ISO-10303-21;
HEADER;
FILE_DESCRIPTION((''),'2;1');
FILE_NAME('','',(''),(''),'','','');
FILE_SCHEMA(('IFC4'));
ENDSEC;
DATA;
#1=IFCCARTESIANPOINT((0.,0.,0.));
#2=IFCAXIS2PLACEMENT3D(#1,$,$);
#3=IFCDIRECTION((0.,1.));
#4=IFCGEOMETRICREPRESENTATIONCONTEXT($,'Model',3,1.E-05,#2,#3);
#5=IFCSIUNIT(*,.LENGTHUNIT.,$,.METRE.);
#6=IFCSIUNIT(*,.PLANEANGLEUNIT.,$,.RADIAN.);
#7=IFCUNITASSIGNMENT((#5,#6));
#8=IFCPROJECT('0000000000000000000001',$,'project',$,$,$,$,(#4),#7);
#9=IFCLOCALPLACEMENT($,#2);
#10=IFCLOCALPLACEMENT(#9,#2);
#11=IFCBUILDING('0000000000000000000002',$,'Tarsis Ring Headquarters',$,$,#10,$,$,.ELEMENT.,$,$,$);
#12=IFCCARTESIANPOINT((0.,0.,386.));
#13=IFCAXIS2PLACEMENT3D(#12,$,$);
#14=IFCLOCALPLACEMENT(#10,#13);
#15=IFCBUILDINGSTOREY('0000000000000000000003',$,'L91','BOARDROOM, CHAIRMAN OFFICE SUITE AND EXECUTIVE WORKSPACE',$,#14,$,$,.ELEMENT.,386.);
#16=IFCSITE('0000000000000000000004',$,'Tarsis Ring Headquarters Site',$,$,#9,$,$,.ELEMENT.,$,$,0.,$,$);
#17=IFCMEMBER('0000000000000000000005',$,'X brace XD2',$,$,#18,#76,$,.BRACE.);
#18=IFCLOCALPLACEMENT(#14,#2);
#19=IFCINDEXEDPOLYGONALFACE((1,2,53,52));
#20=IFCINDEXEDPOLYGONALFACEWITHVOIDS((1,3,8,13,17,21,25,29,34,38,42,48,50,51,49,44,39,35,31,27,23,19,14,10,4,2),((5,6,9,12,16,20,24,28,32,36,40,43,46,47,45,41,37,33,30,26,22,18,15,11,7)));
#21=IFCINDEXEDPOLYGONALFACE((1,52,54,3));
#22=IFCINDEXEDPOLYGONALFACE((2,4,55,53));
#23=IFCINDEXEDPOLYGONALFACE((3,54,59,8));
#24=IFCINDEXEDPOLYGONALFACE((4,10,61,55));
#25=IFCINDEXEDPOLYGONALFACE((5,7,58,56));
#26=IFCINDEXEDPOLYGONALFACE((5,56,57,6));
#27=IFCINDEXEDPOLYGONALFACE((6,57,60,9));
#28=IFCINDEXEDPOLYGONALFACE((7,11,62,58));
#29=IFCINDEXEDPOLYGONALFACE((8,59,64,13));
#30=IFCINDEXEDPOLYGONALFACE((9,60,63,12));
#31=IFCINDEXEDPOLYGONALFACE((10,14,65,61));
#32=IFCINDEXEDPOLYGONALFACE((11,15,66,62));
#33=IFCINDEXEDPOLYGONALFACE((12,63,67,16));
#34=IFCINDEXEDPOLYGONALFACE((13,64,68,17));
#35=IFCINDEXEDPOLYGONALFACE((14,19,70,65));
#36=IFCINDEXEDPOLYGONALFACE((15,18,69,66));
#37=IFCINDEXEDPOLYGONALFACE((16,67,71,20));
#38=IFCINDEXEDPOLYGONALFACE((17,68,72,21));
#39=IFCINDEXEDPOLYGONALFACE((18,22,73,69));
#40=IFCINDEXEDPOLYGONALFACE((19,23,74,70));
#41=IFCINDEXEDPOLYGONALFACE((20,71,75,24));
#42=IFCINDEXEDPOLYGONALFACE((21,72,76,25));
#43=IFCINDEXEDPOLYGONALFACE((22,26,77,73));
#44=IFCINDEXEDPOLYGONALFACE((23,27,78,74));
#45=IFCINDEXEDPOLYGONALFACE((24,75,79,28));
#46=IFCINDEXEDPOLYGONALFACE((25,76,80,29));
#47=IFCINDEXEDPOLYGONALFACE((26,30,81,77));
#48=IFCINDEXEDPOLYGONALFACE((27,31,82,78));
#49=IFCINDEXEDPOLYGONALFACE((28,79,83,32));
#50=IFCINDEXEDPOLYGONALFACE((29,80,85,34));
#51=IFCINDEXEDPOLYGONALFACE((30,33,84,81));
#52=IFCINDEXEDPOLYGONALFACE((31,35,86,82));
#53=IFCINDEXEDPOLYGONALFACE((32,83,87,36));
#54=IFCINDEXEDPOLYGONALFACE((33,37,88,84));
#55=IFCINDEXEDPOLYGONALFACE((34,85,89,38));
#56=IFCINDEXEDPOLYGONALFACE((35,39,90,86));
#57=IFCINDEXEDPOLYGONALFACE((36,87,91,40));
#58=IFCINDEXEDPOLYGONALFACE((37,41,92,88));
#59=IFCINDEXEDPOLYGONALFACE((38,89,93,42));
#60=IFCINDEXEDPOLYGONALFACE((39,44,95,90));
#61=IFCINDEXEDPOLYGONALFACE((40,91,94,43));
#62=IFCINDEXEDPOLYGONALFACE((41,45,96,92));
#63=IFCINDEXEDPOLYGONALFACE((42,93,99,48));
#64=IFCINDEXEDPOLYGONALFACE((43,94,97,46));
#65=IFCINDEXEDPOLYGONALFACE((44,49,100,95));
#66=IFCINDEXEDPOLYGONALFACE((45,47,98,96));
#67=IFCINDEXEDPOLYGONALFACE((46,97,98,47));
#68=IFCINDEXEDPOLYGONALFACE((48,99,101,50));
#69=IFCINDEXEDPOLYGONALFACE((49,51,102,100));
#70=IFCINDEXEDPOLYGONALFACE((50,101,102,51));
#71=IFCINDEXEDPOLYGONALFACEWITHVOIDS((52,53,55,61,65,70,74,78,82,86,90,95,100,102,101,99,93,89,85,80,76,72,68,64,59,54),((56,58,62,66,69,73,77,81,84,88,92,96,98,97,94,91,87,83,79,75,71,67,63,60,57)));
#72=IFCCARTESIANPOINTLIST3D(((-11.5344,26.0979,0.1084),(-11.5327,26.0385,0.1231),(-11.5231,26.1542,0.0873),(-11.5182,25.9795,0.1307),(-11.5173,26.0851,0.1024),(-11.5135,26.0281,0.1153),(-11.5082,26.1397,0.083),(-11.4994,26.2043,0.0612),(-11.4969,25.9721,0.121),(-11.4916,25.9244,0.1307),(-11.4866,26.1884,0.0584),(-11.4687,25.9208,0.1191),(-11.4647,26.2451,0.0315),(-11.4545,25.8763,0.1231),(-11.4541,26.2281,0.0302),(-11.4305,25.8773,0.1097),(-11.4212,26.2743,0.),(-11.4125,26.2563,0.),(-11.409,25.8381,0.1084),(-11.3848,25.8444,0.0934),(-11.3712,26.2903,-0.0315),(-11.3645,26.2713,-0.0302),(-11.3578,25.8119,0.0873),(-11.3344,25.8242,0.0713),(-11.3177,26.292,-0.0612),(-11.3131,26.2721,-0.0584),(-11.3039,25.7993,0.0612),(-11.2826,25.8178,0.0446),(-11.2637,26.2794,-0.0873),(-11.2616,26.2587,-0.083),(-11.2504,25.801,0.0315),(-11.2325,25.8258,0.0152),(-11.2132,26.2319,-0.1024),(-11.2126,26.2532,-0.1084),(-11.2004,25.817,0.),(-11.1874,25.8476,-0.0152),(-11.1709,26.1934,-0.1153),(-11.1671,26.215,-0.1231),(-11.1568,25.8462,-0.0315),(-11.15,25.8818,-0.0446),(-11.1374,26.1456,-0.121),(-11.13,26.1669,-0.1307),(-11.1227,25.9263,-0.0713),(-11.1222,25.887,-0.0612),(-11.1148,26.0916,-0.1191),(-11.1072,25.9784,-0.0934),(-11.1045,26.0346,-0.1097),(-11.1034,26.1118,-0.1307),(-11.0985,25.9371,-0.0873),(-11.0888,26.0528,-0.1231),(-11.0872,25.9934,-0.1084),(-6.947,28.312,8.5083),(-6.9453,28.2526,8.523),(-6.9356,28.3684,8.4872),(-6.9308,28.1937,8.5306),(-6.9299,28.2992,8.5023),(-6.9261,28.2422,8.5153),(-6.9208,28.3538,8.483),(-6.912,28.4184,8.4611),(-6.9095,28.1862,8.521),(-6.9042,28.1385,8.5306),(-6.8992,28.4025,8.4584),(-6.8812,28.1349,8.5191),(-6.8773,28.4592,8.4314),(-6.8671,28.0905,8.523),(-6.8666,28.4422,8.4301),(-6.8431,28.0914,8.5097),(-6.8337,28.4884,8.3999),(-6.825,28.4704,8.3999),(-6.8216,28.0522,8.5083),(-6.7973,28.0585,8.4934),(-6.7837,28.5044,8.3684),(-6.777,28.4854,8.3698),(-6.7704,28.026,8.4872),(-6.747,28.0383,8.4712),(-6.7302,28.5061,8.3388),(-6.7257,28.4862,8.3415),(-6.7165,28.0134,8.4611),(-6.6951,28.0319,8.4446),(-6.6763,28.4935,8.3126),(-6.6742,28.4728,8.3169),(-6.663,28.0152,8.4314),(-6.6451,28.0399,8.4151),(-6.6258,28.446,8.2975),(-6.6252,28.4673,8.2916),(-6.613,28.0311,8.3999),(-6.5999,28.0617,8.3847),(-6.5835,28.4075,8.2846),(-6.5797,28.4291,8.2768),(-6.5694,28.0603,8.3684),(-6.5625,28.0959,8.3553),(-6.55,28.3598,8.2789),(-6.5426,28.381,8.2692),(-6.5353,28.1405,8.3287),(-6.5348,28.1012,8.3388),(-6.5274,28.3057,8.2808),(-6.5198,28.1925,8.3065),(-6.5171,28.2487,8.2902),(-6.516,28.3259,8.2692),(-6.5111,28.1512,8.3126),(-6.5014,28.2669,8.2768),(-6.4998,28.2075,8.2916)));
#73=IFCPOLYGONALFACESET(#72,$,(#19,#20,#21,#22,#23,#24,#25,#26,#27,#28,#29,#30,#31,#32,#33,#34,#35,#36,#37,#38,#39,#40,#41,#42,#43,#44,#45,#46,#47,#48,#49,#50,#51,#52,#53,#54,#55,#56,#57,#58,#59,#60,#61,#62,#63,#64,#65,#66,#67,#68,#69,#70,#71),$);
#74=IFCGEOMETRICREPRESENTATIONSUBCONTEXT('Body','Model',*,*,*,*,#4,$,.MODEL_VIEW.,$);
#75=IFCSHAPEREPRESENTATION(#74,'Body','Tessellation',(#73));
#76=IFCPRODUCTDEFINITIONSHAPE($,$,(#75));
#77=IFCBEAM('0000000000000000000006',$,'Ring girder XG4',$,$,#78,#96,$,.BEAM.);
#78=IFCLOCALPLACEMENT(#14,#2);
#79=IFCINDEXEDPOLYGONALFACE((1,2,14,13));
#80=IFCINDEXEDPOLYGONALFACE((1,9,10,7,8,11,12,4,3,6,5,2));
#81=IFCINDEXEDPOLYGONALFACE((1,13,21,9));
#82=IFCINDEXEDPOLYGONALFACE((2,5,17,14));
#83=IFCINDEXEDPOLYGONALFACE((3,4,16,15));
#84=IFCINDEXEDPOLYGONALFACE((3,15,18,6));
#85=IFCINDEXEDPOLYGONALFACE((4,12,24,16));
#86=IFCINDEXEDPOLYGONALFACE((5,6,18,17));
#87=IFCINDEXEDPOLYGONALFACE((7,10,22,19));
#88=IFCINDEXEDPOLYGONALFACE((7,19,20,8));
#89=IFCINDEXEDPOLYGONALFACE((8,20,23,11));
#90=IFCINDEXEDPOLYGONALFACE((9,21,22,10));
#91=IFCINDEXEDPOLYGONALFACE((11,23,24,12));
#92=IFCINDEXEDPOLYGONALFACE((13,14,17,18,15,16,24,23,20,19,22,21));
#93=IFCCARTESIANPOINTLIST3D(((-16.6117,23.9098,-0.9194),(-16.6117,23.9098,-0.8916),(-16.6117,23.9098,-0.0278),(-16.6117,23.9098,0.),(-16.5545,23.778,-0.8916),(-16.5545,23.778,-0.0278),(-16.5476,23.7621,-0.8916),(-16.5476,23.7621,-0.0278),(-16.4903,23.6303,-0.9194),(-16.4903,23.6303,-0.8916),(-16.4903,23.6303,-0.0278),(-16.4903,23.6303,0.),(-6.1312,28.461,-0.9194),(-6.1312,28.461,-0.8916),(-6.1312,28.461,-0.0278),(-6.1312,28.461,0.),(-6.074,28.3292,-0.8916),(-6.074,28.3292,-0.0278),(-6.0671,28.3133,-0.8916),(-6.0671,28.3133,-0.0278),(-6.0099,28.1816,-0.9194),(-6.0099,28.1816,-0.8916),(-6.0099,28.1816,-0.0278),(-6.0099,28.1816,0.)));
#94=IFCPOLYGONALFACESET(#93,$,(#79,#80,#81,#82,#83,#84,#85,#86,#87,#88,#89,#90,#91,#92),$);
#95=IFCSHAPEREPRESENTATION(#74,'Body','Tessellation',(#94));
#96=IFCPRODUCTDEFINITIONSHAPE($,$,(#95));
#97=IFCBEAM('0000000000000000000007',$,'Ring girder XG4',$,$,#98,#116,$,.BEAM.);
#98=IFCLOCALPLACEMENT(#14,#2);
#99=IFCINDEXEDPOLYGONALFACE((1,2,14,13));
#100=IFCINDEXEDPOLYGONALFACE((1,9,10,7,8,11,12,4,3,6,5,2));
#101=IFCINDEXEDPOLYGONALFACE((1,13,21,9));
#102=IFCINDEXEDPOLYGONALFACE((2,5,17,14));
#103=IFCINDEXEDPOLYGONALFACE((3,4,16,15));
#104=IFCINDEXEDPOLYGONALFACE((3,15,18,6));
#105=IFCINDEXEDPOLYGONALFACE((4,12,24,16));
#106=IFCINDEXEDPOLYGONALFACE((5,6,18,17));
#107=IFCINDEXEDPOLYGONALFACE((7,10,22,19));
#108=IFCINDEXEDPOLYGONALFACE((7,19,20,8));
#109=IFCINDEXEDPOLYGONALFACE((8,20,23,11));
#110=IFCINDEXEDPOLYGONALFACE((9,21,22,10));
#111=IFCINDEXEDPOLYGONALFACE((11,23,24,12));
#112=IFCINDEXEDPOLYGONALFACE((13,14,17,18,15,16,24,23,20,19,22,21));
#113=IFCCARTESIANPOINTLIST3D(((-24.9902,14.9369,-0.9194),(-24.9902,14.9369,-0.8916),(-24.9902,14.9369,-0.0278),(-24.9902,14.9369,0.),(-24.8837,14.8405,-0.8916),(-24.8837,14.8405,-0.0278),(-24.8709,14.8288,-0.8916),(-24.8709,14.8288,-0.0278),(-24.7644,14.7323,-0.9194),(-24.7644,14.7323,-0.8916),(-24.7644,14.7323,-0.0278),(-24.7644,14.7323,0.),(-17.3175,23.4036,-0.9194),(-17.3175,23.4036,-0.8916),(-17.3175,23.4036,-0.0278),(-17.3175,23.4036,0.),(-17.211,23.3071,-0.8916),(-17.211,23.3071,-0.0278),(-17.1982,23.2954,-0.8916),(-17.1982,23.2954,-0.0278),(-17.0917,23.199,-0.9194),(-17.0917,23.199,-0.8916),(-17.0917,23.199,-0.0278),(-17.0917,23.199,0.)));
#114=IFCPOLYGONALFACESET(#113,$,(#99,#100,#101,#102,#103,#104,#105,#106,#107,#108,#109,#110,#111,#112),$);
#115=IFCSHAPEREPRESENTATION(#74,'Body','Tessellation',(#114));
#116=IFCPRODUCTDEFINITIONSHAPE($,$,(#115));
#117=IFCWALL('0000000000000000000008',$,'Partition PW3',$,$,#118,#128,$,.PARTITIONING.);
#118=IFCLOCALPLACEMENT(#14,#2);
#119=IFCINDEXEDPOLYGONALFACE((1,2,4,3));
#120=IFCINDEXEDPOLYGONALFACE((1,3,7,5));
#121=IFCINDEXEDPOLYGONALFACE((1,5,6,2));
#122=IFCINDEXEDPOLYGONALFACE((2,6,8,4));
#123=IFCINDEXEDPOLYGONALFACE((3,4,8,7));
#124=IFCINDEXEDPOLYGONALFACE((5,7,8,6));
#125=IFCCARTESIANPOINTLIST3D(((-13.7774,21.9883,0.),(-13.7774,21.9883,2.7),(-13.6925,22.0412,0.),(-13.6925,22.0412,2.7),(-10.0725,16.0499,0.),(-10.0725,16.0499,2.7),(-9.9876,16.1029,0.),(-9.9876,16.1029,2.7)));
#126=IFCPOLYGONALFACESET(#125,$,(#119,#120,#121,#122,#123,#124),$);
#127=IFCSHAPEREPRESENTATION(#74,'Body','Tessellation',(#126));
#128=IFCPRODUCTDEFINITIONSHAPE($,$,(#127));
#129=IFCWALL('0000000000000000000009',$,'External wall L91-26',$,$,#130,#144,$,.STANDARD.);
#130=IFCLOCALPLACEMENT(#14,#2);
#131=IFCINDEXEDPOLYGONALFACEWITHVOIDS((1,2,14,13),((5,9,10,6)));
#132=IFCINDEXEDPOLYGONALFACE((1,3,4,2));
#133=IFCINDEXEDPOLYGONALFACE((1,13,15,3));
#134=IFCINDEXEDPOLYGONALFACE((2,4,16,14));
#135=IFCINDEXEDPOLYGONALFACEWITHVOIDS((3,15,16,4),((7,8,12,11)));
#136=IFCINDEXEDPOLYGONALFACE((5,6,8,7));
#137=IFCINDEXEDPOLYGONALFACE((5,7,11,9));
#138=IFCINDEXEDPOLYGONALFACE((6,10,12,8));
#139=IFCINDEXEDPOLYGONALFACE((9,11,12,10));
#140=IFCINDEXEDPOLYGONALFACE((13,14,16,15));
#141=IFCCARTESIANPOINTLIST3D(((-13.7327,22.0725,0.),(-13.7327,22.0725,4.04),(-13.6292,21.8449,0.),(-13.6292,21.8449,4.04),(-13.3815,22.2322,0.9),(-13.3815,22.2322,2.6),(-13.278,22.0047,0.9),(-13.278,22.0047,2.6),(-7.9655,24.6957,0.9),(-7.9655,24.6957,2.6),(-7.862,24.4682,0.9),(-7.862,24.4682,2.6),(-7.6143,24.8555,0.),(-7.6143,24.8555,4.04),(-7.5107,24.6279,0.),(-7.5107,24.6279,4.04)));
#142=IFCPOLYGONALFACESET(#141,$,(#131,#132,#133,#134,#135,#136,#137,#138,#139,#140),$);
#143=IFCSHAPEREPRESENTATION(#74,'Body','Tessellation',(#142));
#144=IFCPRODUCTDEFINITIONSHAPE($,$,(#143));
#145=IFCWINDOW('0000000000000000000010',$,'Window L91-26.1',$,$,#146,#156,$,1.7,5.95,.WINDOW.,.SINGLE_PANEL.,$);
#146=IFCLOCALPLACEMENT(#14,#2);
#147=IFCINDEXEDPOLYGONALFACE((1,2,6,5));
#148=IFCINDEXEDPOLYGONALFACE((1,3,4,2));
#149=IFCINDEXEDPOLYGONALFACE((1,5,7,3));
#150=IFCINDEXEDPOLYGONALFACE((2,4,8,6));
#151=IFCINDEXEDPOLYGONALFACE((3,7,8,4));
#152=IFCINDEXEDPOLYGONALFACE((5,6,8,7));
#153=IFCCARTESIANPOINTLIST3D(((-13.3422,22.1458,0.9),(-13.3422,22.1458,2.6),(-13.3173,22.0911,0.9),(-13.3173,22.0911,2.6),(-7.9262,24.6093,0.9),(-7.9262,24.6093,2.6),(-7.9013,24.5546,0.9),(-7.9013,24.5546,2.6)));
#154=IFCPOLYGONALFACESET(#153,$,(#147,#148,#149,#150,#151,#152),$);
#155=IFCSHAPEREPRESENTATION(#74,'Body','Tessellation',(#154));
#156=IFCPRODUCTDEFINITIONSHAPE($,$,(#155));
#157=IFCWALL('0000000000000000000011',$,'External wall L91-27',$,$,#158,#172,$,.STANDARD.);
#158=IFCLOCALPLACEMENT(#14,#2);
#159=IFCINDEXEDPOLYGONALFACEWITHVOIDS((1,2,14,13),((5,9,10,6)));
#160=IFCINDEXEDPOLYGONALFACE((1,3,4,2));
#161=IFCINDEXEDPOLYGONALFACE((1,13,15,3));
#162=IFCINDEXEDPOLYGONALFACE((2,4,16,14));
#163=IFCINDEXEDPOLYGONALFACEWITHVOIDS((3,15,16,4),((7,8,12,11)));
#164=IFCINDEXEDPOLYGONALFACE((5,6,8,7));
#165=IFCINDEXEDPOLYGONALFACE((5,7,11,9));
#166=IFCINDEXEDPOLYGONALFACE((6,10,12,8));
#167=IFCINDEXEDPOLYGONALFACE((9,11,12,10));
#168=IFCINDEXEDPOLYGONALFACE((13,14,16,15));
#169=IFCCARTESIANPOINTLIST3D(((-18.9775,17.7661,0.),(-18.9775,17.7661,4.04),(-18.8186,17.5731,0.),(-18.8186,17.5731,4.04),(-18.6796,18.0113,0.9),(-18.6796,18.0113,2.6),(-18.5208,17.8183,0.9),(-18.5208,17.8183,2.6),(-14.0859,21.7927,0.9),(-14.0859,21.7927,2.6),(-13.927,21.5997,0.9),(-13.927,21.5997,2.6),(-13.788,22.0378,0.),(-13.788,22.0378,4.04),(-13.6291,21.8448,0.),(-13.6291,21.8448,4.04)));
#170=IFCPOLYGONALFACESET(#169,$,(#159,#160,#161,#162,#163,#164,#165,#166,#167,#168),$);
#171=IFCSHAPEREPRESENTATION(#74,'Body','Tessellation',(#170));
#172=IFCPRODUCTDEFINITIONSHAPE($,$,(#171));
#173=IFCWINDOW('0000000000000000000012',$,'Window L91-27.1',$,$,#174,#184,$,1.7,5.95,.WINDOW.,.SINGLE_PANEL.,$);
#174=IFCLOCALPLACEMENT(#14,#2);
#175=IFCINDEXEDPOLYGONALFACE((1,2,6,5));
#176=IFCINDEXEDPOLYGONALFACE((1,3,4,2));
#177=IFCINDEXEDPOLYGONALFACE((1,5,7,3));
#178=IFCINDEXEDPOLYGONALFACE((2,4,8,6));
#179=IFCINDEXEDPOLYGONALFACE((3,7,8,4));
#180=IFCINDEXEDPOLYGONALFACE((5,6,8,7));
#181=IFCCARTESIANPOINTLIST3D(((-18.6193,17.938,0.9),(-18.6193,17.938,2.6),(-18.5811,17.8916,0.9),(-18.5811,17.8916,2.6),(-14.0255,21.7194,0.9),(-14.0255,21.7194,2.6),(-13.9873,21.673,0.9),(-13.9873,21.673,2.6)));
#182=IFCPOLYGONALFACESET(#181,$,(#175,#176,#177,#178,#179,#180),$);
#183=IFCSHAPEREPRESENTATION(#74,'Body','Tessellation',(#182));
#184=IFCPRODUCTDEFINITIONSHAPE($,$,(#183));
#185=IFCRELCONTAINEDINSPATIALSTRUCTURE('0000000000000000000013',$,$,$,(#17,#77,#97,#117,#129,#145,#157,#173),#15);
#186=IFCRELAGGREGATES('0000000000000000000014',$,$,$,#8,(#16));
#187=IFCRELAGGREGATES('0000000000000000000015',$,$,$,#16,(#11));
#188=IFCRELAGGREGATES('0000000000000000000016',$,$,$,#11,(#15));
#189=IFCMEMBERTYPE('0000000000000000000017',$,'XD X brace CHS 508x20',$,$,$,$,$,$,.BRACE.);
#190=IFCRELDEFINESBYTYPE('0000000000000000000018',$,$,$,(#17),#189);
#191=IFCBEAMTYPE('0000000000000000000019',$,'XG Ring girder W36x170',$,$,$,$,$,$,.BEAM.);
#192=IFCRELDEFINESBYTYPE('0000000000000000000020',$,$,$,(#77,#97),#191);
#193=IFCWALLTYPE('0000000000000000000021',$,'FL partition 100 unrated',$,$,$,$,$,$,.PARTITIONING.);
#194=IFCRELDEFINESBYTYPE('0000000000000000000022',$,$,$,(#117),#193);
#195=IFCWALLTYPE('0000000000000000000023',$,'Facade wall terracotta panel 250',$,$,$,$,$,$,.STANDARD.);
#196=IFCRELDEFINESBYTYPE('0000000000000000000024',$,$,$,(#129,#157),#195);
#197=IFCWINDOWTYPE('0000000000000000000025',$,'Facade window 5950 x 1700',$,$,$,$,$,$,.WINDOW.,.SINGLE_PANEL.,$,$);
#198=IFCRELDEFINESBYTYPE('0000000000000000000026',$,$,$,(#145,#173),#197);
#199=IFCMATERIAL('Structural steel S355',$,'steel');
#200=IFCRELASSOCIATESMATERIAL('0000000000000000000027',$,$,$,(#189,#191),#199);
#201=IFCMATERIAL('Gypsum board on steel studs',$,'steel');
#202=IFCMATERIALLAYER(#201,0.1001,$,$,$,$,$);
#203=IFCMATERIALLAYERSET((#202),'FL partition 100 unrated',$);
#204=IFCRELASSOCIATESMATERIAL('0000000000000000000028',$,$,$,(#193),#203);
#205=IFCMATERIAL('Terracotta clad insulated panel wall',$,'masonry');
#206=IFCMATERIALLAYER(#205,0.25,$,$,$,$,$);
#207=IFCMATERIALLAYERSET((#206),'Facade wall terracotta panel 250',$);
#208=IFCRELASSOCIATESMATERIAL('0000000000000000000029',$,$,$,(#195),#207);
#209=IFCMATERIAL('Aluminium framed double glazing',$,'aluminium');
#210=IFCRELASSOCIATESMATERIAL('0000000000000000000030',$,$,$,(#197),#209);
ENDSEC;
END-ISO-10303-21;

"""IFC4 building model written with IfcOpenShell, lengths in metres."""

from ifc_helpers import new_model, si_unit, direction, frame, frame_2d, origin, origin_2d, place, context, subcontext, project, spatial, rectangle, hollow_circle, i_section, extrude, material, layer, layer_set, material_profile, profile_set, type_object, element, fill, save


model = new_model("IFC4")

# Units and contexts
model_context = context("Model", 3, precision=1e-05, world=origin(), true_north=direction((0.0, 1.0)))
body_context = subcontext(model_context, "Body", "Model", "MODEL_VIEW")
ifc_project = project(units=[si_unit("LENGTHUNIT", "METRE"), si_unit("PLANEANGLEUNIT", "RADIAN")], contexts=[model_context])

# Site, building, storey
site_placement = place(None, origin())
site = spatial("IfcSite", under=ifc_project, at=site_placement, Name="Tarsis Ring Headquarters Site", CompositionType="ELEMENT", RefElevation=0.0)
building_placement = place(site_placement, origin())
building = spatial("IfcBuilding", under=site, at=building_placement, Name="Tarsis Ring Headquarters", CompositionType="ELEMENT")
storey_placement = place(building_placement, frame((0.0, 0.0, 386.0)))
storey = spatial("IfcBuildingStorey", under=building, at=storey_placement, Name="L91", Description="BOARDROOM, CHAIRMAN OFFICE SUITE AND EXECUTIVE WORKSPACE", CompositionType="ELEMENT", Elevation=386.0)

# Shared definitions
ifc_material_1 = material(Name="Structural steel S355", Category="steel")

# Member
ifc_material_profile_1 = material_profile(ifc_material_1, hollow_circle(Radius=0.2539, WallThickness=0.02, at=origin_2d()), Name="CHS 508x20")
ifc_profile_set_1 = profile_set([ifc_material_profile_1], Name="Structural steel S355")
member_type = type_object("IfcMemberType", Name="XD X brace CHS 508x20", PredefinedType="BRACE", material=ifc_profile_set_1)
member_1_placement = place(storey_placement, frame((-11.3108, 26.0457, 0.0), z_axis=(0.466973, 0.225385, 0.855066), x_axis=(-0.43467, 0.90059, 0.0)))
element("IfcMember", 1, at=member_1_placement, inside=storey, type_object=member_type, Name="X brace XD2", PredefinedType="BRACE", context=body_context, shape_type="SweptSolid", body=[
    extrude(hollow_circle(Radius=0.2539, WallThickness=0.02, at=origin_2d()), origin(), (0.0, 0.0, 1.0), 9.8237),
])

# Beams
ifc_material_profile_2 = material_profile(ifc_material_1, i_section(OverallWidth=0.3047, OverallDepth=0.9194, WebThickness=0.0173, FlangeThickness=0.0278, at=origin_2d()), Name="W36x170")
ifc_profile_set_2 = profile_set([ifc_material_profile_2], Name="Structural steel S355")
beam_type_1 = type_object("IfcBeamType", Name="XG Ring girder W36x170", PredefinedType="BEAM", material=ifc_profile_set_2)
for number, where, z_axis, x_axis, name in (
    (2, (-6.0706, 28.3213, -0.4597), (-0.917245, -0.398324, 0.0), (0.398324, -0.917245, 0.0), "Ring girder XG4"),
    (3, (-17.2046, 23.3013, -0.4597), (-0.67151, -0.740996, 0.0), (0.740996, -0.67151, 0.0), "Ring girder XG4"),
):
    element("IfcBeam", number, at=place(storey_placement, frame(where, z_axis=z_axis, x_axis=x_axis)), inside=storey, type_object=beam_type_1, Name=name, PredefinedType="BEAM", context=body_context, shape_type="SweptSolid", body=[
        extrude(i_section(OverallWidth=0.3047, OverallDepth=0.9194, WebThickness=0.0173, FlangeThickness=0.0278, at=origin_2d()), origin(), (0.0, 0.0, 1.0), 11.426),
    ])

# Wall
ifc_material_2 = material(Name="Gypsum board on steel studs", Category="steel")
ifc_layer_1 = layer(ifc_material_2, 0.1001)
ifc_layer_set_1 = layer_set([ifc_layer_1], Name="FL partition 100 unrated")
wall_type_1 = type_object("IfcWallType", Name="FL partition 100 unrated", PredefinedType="PARTITIONING", material=ifc_layer_set_1)
wall_1_placement = place(storey_placement, frame((-13.7349, 22.0146, 0.0), z_axis=(0.0, 0.0, 1.0), x_axis=(0.529325, -0.848419, 0.0)))
element("IfcWall", 4, at=wall_1_placement, inside=storey, type_object=wall_type_1, Name="Partition PW3", PredefinedType="PARTITIONING", context=body_context, shape_type="SweptSolid", body=[
    extrude(rectangle(XDim=6.9993, YDim=0.1001, at=frame_2d((3.4995, 0.0))), origin(), (0.0, 0.0, 1.0), 2.7),
])

# Walls, openings, windows
ifc_material_3 = material(Name="Terracotta clad insulated panel wall", Category="masonry")
ifc_layer_2 = layer(ifc_material_3, 0.25)
ifc_layer_set_2 = layer_set([ifc_layer_2], Name="Facade wall terracotta panel 250")
wall_type_2 = type_object("IfcWallType", Name="Facade wall terracotta panel 250", PredefinedType="STANDARD", material=ifc_layer_set_2)
wall_2_placement = place(storey_placement, frame((-7.5625, 24.7417, 0.0), z_axis=(0.0, 0.0, 1.0), x_axis=(-0.910262, -0.414033, 0.0)))
wall_2 = element("IfcWall", 5, at=wall_2_placement, inside=storey, type_object=wall_type_2, Name="External wall L91-26", PredefinedType="STANDARD", context=body_context, shape_type="SweptSolid", body=[
    extrude(rectangle(XDim=6.7217, YDim=0.25, at=frame_2d((3.3608, 0.0))), origin(), (0.0, 0.0, 1.0), 4.04),
])
opening_1_placement = place(wall_2_placement, frame((0.3857, 0.0, 0.8999)))
opening_1 = element("IfcOpeningElement", 6, at=opening_1_placement, cuts=wall_2, PredefinedType="OPENING", context=body_context, shape_type="SweptSolid", body=[
    extrude(rectangle(XDim=5.95, YDim=1.7, at=frame_2d((2.9751, 0.8501))), frame((0.0, 0.135, 0.0), z_axis=(0.0, -1.0, 0.0), x_axis=(1.0, 0.0, 0.0)), (0.0, 0.0, 1.0), 0.27),
])
ifc_material_4 = material(Name="Aluminium framed double glazing", Category="aluminium")
window_type = type_object("IfcWindowType", Name="Facade window 5950 x 1700", PartitioningType="SINGLE_PANEL", PredefinedType="WINDOW", material=ifc_material_4)
window_1_placement = place(opening_1_placement, origin())
window_1 = element("IfcWindow", 7, at=window_1_placement, inside=storey, type_object=window_type, Name="Window L91-26.1", OverallHeight=1.7, OverallWidth=5.95, PartitioningType="SINGLE_PANEL", PredefinedType="WINDOW", context=body_context, shape_type="SweptSolid", body=[
    extrude(rectangle(XDim=5.95, YDim=1.7, at=frame_2d((2.9751, 0.8501))), frame((0.0, 0.03, 0.0), z_axis=(0.0, -1.0, 0.0), x_axis=(1.0, 0.0, 0.0)), (0.0, 0.0, 1.0), 0.0601),
])
fill(opening_1, window_1)
wall_3_placement = place(storey_placement, frame((-13.7085, 21.9414, 0.0), z_axis=(0.0, 0.0, 1.0), x_axis=(-0.772072, -0.635535, 0.0)))
wall_3 = element("IfcWall", 8, at=wall_3_placement, inside=storey, type_object=wall_type_2, Name="External wall L91-27", PredefinedType="STANDARD", context=body_context, shape_type="SweptSolid", body=[
    extrude(rectangle(XDim=6.7214, YDim=0.25, at=frame_2d((3.3608, 0.0))), origin(), (0.0, 0.0, 1.0), 4.04),
])
opening_2_placement = place(wall_3_placement, frame((0.3857, 0.0, 0.8999)))
opening_2 = element("IfcOpeningElement", 9, at=opening_2_placement, cuts=wall_3, PredefinedType="OPENING", context=body_context, shape_type="SweptSolid", body=[
    extrude(rectangle(XDim=5.95, YDim=1.7, at=frame_2d((2.9751, 0.8501))), frame((0.0, 0.135, 0.0), z_axis=(0.0, -1.0, 0.0), x_axis=(1.0, 0.0, 0.0)), (0.0, 0.0, 1.0), 0.27),
])
window_2_placement = place(opening_2_placement, origin())
window_2 = element("IfcWindow", 10, at=window_2_placement, inside=storey, type_object=window_type, Name="Window L91-27.1", OverallHeight=1.7, OverallWidth=5.95, PartitioningType="SINGLE_PANEL", PredefinedType="WINDOW", context=body_context, shape_type="SweptSolid", body=[
    extrude(rectangle(XDim=5.95, YDim=1.7, at=frame_2d((2.9751, 0.8501))), frame((0.0, 0.03, 0.0), z_axis=(0.0, -1.0, 0.0), x_axis=(1.0, 0.0, 0.0)), (0.0, 0.0, 1.0), 0.0601),
])
fill(opening_2, window_2)

save(model, "model.ifc")
